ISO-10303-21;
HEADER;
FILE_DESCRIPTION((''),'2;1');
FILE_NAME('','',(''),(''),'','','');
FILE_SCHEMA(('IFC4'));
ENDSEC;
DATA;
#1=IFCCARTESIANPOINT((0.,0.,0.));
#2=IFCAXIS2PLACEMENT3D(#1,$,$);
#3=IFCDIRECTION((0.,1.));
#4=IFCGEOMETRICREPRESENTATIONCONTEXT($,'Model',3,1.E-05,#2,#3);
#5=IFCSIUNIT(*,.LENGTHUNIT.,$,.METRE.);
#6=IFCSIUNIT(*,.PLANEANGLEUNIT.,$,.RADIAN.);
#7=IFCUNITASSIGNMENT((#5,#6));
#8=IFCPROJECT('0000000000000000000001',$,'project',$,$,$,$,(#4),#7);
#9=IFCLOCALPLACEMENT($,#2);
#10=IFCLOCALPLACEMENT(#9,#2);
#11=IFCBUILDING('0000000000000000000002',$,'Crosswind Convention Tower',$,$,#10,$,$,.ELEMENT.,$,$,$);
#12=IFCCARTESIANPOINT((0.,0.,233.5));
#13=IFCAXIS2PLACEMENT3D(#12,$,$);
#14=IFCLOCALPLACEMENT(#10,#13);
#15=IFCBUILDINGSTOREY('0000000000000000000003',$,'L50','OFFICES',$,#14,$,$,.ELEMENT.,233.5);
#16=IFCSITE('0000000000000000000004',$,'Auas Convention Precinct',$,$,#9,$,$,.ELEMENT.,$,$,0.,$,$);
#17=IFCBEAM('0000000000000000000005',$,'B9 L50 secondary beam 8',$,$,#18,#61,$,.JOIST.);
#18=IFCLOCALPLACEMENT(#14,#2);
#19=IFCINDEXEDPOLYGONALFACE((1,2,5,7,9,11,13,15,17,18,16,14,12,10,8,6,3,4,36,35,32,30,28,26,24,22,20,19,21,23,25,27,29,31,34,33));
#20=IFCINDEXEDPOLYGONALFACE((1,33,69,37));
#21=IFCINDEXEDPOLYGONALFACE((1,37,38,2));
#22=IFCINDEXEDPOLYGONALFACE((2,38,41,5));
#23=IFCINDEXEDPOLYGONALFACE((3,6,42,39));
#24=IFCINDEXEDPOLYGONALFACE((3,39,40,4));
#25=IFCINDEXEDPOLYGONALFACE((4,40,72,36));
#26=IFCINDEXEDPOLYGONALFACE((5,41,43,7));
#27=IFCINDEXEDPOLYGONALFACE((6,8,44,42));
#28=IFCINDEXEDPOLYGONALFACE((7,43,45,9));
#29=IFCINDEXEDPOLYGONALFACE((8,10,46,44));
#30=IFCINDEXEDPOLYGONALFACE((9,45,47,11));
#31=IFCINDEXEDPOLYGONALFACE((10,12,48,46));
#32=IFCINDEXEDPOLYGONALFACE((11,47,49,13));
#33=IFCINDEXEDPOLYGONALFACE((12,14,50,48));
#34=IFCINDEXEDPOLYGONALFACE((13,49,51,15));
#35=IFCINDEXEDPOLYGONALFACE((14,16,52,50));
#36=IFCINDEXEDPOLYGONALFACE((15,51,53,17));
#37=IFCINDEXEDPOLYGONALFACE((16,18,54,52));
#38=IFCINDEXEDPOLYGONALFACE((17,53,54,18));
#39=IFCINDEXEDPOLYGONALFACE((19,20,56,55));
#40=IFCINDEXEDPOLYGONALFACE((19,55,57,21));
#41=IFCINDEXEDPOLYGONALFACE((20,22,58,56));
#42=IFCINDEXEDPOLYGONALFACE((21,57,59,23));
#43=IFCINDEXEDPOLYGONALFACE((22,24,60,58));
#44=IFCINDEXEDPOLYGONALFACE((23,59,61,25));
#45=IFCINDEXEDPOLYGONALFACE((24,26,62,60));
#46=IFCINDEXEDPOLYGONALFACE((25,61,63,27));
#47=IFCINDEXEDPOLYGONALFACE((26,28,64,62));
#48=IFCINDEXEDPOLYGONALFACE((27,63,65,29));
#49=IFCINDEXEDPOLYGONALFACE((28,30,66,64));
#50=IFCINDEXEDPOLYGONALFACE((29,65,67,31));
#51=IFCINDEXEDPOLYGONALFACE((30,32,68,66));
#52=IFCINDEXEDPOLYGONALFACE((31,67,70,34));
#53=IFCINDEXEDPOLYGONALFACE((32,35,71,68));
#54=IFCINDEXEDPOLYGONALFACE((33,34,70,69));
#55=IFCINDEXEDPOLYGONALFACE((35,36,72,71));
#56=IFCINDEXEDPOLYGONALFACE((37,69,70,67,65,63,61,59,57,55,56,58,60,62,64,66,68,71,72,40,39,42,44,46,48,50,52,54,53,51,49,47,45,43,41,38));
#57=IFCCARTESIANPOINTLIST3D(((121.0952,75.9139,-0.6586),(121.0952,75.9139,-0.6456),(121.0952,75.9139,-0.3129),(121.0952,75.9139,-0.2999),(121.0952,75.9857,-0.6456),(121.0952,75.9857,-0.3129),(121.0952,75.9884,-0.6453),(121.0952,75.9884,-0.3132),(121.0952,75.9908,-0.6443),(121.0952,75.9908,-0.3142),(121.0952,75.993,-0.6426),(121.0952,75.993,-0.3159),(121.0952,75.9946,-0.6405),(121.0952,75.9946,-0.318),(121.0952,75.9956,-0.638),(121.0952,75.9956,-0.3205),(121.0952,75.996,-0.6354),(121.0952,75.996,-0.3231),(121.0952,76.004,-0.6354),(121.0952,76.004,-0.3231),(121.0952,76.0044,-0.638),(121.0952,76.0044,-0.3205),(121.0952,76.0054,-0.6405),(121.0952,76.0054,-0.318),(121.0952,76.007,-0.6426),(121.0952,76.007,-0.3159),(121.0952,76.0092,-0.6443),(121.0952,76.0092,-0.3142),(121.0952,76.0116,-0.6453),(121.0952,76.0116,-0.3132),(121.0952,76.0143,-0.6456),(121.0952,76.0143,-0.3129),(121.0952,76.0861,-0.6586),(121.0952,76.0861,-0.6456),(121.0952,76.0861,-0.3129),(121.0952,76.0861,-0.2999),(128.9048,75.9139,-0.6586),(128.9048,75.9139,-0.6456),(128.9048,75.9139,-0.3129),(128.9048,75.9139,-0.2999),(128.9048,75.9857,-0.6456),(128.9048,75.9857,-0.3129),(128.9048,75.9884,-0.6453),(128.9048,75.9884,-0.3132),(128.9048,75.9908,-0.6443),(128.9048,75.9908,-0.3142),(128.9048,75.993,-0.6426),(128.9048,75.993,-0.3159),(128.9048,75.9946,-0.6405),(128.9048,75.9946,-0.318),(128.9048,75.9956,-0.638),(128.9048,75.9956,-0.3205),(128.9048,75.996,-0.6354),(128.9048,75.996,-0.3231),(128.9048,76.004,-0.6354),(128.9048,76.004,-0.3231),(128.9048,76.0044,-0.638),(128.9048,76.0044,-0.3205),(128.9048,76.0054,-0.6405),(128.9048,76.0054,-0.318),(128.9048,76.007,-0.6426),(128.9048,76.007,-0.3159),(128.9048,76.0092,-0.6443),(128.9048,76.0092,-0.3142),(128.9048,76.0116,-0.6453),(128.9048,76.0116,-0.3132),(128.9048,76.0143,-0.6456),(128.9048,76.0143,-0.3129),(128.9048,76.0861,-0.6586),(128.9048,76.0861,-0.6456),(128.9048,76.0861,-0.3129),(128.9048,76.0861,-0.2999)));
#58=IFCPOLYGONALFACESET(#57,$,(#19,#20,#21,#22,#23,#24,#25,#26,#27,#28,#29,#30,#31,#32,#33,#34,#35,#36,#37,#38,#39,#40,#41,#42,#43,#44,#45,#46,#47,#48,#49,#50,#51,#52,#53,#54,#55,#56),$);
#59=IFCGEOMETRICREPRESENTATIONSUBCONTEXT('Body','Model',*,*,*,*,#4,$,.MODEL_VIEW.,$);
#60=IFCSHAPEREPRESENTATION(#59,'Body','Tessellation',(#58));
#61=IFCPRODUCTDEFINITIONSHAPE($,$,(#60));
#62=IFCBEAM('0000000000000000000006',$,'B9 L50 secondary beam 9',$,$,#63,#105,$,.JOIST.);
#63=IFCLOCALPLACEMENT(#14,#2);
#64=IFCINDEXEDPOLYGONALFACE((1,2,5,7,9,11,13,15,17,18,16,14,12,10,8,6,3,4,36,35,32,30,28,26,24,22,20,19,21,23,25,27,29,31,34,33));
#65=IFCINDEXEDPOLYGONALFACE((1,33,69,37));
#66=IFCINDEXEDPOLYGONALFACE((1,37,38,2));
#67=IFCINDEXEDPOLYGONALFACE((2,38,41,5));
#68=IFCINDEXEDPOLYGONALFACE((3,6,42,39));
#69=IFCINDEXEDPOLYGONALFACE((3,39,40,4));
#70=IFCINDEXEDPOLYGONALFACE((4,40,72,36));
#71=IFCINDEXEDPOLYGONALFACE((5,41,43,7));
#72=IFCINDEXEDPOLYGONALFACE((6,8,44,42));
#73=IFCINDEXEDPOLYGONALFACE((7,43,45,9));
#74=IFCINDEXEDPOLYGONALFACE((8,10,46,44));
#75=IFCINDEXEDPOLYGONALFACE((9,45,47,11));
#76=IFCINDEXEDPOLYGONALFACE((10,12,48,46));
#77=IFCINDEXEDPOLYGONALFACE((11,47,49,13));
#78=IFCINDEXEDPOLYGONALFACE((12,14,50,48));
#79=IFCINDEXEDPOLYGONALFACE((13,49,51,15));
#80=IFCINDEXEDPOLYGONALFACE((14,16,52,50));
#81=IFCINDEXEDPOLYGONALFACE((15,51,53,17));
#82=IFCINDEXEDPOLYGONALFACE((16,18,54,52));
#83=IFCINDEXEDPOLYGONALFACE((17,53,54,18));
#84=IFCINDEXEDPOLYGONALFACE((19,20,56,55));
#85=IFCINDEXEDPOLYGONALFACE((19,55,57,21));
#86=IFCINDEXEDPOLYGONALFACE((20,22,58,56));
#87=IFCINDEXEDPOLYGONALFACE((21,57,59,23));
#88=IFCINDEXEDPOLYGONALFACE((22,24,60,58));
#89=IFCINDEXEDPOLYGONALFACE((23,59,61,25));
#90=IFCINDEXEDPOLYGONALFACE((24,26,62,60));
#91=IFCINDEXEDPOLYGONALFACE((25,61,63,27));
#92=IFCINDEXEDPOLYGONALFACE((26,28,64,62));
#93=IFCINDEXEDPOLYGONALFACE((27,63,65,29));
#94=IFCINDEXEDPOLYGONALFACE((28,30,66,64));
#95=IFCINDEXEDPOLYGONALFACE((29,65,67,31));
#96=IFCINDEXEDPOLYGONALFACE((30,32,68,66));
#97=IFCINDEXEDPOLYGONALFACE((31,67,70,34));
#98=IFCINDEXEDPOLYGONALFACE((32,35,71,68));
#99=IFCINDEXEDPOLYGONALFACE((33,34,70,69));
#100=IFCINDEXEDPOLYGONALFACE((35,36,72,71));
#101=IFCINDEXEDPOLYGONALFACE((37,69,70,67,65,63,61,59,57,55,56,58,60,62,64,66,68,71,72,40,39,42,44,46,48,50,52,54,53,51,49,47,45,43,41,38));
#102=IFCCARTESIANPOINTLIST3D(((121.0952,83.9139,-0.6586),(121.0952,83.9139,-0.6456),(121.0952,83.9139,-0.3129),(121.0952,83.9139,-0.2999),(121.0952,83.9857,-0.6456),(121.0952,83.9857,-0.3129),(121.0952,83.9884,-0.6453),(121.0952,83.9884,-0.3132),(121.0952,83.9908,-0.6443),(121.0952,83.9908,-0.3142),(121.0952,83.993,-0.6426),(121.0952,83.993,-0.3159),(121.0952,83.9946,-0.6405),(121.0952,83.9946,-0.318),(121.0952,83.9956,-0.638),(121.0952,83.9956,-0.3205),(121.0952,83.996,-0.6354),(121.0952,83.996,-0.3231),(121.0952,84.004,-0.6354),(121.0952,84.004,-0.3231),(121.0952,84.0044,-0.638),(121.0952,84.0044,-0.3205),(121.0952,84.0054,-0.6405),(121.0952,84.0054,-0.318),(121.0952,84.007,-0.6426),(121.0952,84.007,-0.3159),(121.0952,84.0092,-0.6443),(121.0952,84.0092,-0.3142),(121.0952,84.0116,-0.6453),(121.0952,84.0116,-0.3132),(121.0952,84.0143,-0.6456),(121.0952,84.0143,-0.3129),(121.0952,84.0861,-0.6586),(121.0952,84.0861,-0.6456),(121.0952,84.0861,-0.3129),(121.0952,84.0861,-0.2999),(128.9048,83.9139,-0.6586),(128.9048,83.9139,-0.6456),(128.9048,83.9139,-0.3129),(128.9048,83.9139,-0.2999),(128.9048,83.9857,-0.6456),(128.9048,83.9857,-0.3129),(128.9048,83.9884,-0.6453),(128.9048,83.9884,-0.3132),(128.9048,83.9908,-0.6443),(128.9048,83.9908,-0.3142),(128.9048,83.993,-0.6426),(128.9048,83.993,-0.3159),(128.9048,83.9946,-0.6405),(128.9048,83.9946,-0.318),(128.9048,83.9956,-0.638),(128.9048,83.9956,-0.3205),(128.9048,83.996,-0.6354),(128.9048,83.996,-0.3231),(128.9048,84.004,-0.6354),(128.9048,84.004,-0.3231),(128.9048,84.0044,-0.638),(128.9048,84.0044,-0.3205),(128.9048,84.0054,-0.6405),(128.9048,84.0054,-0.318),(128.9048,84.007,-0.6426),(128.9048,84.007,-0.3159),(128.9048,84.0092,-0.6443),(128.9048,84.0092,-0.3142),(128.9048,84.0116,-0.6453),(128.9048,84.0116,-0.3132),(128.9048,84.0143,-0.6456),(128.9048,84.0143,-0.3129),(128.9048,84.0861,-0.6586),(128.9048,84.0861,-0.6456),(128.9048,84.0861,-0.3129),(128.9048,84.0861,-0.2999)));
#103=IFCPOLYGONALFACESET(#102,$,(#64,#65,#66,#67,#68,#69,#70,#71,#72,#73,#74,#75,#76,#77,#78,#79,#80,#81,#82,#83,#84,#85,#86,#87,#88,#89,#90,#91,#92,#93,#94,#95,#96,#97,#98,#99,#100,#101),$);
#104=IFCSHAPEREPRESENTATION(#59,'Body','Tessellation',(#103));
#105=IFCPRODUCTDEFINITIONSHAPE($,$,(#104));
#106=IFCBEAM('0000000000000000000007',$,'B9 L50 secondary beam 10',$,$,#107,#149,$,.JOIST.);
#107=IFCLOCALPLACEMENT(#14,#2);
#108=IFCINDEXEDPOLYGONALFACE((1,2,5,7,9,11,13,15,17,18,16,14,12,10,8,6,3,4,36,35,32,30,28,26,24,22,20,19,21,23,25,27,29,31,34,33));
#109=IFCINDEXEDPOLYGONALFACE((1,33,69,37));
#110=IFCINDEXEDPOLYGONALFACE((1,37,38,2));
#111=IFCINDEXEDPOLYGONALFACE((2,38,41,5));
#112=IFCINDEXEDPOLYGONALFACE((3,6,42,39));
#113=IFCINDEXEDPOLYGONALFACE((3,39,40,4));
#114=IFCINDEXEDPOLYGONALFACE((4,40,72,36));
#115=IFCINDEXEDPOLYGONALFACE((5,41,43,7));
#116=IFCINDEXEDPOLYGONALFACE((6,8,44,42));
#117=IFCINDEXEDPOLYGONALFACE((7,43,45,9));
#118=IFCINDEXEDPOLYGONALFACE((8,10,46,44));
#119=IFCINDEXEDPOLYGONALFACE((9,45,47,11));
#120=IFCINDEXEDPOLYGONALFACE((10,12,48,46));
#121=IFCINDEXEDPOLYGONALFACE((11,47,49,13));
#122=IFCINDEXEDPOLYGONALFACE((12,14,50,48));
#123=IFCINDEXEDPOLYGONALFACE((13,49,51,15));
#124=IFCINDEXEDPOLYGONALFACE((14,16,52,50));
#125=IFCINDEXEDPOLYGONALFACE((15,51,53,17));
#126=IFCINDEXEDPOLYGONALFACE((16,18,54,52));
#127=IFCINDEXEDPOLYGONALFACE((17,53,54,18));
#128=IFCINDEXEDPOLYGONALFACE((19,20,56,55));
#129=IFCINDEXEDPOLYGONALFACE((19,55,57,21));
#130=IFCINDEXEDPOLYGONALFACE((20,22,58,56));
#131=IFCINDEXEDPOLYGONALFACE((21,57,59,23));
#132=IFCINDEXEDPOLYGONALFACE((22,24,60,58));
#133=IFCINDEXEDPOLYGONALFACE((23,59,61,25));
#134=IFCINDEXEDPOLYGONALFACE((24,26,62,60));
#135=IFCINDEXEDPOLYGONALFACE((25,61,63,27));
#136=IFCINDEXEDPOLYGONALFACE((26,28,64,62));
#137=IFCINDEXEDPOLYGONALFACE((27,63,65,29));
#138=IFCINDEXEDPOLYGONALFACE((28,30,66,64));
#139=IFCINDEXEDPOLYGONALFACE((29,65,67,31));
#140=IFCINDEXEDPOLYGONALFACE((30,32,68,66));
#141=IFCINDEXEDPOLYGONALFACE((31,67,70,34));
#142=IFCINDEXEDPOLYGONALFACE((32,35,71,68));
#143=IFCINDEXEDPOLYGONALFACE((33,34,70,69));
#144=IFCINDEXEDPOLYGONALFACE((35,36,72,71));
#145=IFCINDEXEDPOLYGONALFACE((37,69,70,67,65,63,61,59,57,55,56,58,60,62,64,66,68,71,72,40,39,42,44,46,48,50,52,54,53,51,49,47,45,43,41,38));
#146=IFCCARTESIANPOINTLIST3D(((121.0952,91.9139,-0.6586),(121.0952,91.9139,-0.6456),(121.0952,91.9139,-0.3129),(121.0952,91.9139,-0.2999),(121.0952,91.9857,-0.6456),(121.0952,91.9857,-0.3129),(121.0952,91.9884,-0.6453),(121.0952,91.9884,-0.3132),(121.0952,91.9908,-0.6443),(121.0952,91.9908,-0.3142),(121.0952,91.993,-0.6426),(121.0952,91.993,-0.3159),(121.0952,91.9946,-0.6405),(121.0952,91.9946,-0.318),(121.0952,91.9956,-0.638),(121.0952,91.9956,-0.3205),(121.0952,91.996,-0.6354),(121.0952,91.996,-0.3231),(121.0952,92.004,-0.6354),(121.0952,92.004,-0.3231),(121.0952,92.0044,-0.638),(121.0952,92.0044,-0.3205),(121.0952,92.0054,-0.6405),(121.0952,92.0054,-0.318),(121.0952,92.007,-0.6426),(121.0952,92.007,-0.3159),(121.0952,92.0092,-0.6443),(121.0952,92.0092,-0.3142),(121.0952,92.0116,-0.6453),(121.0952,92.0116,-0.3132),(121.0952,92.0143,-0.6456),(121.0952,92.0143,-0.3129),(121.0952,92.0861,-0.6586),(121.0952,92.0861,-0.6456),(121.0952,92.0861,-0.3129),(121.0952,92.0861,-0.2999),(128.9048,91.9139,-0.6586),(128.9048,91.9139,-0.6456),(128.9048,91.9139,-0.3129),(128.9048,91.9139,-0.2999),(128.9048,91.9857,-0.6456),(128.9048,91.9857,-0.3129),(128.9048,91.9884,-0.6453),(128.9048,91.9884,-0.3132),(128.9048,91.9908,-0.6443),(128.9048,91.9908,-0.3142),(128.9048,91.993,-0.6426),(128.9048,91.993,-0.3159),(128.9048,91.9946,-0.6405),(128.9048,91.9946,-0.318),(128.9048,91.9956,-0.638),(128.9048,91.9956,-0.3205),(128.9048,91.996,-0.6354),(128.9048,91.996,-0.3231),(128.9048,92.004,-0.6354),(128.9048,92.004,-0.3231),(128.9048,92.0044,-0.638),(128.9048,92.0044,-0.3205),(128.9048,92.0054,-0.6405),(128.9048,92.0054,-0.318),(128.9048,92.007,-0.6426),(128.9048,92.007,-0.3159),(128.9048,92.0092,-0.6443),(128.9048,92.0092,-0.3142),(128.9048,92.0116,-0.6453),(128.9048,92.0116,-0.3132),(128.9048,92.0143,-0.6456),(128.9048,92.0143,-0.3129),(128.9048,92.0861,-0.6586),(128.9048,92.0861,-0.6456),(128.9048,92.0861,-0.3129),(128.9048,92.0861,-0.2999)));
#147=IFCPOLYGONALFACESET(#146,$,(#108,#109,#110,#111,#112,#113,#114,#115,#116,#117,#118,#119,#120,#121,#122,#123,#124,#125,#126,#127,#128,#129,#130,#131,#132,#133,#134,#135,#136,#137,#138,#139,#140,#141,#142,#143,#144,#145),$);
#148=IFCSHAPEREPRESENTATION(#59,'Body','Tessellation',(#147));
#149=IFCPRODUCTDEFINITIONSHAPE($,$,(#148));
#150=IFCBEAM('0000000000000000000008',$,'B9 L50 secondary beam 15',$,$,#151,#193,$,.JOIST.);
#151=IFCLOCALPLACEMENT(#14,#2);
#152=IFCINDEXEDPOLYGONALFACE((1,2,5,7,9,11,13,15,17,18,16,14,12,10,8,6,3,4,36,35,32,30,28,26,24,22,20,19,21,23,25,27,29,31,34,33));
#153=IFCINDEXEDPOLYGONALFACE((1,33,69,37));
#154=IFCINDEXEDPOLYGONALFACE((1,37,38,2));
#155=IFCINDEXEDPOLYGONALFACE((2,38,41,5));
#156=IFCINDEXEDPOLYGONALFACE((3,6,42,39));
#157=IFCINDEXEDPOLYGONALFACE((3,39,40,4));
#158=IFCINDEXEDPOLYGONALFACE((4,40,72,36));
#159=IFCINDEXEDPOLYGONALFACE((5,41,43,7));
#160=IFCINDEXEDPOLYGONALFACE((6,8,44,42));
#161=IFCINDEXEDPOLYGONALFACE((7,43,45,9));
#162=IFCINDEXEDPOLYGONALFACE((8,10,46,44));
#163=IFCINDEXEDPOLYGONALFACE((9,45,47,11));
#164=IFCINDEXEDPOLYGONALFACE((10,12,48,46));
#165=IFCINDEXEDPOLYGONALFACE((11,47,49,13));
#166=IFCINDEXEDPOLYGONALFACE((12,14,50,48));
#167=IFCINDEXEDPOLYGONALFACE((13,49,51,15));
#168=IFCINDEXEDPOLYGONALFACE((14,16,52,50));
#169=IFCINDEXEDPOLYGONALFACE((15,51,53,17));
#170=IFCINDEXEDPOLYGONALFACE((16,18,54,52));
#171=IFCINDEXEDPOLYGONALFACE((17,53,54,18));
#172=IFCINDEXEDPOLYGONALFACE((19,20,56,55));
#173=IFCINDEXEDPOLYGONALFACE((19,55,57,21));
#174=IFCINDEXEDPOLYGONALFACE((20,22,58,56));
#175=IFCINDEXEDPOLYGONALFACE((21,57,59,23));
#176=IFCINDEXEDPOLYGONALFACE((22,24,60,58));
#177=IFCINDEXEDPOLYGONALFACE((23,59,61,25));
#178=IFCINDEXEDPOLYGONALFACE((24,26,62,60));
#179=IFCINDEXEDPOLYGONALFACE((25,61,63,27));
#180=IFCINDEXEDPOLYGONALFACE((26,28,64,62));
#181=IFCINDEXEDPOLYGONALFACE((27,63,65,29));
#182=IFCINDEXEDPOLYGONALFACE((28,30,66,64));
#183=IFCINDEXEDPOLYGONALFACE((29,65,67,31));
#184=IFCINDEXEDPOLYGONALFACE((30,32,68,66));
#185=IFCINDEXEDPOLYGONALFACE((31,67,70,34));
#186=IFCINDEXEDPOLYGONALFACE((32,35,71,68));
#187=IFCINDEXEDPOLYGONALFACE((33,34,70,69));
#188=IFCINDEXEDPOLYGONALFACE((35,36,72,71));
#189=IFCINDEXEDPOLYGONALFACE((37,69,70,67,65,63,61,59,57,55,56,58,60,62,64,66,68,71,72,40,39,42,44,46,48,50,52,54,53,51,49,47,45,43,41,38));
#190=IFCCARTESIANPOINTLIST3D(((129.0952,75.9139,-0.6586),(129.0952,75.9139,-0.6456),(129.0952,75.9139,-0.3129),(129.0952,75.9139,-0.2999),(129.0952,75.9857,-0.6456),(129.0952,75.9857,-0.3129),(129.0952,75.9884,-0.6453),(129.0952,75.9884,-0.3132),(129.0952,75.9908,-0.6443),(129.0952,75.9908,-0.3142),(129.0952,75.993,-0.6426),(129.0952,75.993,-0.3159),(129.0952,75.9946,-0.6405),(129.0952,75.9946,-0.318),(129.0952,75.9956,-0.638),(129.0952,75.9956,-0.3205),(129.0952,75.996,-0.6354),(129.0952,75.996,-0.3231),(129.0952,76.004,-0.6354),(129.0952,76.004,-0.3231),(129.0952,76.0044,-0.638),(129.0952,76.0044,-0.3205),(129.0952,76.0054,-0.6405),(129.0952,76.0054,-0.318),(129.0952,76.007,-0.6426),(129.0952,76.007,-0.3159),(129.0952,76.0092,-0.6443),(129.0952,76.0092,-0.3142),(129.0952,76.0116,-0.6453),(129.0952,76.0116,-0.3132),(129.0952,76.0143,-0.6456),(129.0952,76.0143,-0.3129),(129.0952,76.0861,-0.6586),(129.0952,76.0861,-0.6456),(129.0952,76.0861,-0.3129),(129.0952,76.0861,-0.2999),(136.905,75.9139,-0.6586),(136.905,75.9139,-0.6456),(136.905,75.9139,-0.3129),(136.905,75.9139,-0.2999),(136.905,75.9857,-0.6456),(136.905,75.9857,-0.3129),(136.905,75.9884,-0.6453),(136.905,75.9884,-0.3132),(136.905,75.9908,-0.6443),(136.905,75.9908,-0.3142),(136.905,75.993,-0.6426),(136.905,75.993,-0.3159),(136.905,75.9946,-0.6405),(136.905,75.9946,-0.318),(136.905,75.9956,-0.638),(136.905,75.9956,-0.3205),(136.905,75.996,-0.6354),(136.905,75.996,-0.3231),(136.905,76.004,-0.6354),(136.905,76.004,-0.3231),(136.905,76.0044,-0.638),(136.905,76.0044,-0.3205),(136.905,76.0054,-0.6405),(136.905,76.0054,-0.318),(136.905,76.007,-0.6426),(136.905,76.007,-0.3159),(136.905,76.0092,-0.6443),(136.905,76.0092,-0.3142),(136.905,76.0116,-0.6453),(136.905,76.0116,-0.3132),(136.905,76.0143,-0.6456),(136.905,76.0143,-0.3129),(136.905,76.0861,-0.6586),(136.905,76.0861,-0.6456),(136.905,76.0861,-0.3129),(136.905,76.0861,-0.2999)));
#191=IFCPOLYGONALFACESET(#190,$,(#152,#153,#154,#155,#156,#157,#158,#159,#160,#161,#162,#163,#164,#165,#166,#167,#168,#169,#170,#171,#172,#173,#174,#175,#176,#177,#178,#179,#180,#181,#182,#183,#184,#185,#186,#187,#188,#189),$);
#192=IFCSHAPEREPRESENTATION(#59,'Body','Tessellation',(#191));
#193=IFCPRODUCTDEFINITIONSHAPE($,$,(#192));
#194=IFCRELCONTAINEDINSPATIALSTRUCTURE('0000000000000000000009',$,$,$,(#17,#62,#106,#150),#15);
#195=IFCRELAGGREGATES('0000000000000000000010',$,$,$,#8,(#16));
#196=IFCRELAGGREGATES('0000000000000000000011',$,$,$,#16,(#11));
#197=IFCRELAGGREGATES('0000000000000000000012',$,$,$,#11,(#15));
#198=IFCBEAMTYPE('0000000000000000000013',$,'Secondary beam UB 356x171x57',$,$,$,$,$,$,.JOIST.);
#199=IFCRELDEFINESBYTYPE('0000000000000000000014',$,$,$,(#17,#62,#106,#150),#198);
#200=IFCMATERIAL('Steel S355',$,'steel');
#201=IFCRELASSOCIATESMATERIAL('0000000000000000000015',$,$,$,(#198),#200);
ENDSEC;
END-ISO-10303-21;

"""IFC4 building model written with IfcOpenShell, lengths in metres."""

from ifc_helpers import new_model, si_unit, direction, frame, origin, origin_2d, place, context, subcontext, project, spatial, i_section, extrude, material, material_profile, profile_set, type_object, element, save


model = new_model("IFC4")

# Units and contexts
model_context = context("Model", 3, precision=1e-05, world=origin(), true_north=direction((0.0, 1.0)))
body_context = subcontext(model_context, "Body", "Model", "MODEL_VIEW")
ifc_project = project(units=[si_unit("LENGTHUNIT", "METRE"), si_unit("PLANEANGLEUNIT", "RADIAN")], contexts=[model_context])

# Site, building, storey
site_placement = place(None, origin())
site = spatial("IfcSite", under=ifc_project, at=site_placement, Name="Auas Convention Precinct", CompositionType="ELEMENT", RefElevation=0.0)
building_placement = place(site_placement, origin())
building = spatial("IfcBuilding", under=site, at=building_placement, Name="Crosswind Convention Tower", CompositionType="ELEMENT")
storey_placement = place(building_placement, frame((0.0, 0.0, 233.5)))
storey = spatial("IfcBuildingStorey", under=building, at=storey_placement, Name="L50", Description="OFFICES", CompositionType="ELEMENT", Elevation=233.5)

# Shared definitions
ifc_material_1 = material(Name="Steel S355", Category="steel")

# Beams
ifc_material_profile_1 = material_profile(ifc_material_1, i_section(OverallWidth=0.1721, OverallDepth=0.3586, WebThickness=0.0081, FlangeThickness=0.0129, FilletRadius=0.0103, at=origin_2d()), Name="UB 356x171x57")
ifc_profile_set_1 = profile_set([ifc_material_profile_1], Name="Steel S355")
beam_type_1 = type_object("IfcBeamType", Name="Secondary beam UB 356x171x57", PredefinedType="JOIST", material=ifc_profile_set_1)
for number, where, z_axis, x_axis, name in (
    (1, (121.0952, 76.0, -0.4792), (1.0, 0.0, 0.0), (0.0, 1.0, 0.0), "B9 L50 secondary beam 8"),
    (2, (121.0952, 84.0, -0.4792), (1.0, 0.0, 0.0), (0.0, 1.0, 0.0), "B9 L50 secondary beam 9"),
    (3, (121.0952, 92.0, -0.4792), (1.0, 0.0, 0.0), (0.0, 1.0, 0.0), "B9 L50 secondary beam 10"),
):
    element("IfcBeam", number, at=place(storey_placement, frame(where, z_axis=z_axis, x_axis=x_axis)), inside=storey, type_object=beam_type_1, Name=name, PredefinedType="JOIST", context=body_context, shape_type="SweptSolid", body=[
        extrude(i_section(OverallWidth=0.1721, OverallDepth=0.3586, WebThickness=0.0081, FlangeThickness=0.0129, FilletRadius=0.0103, at=origin_2d()), origin(), (0.0, 0.0, 1.0), 7.8096),
    ])
for number, where, z_axis, x_axis, name in (
    (4, (129.0952, 76.0, -0.4792), (1.0, 0.0, 0.0), (0.0, 1.0, 0.0), "B9 L50 secondary beam 15"),
):
    element("IfcBeam", number, at=place(storey_placement, frame(where, z_axis=z_axis, x_axis=x_axis)), inside=storey, type_object=beam_type_1, Name=name, PredefinedType="JOIST", context=body_context, shape_type="SweptSolid", body=[
        extrude(i_section(OverallWidth=0.1721, OverallDepth=0.3586, WebThickness=0.0081, FlangeThickness=0.0129, FilletRadius=0.0103, at=origin_2d()), origin(), (0.0, 0.0, 1.0), 7.8098),
    ])

save(model, "model.ifc")
